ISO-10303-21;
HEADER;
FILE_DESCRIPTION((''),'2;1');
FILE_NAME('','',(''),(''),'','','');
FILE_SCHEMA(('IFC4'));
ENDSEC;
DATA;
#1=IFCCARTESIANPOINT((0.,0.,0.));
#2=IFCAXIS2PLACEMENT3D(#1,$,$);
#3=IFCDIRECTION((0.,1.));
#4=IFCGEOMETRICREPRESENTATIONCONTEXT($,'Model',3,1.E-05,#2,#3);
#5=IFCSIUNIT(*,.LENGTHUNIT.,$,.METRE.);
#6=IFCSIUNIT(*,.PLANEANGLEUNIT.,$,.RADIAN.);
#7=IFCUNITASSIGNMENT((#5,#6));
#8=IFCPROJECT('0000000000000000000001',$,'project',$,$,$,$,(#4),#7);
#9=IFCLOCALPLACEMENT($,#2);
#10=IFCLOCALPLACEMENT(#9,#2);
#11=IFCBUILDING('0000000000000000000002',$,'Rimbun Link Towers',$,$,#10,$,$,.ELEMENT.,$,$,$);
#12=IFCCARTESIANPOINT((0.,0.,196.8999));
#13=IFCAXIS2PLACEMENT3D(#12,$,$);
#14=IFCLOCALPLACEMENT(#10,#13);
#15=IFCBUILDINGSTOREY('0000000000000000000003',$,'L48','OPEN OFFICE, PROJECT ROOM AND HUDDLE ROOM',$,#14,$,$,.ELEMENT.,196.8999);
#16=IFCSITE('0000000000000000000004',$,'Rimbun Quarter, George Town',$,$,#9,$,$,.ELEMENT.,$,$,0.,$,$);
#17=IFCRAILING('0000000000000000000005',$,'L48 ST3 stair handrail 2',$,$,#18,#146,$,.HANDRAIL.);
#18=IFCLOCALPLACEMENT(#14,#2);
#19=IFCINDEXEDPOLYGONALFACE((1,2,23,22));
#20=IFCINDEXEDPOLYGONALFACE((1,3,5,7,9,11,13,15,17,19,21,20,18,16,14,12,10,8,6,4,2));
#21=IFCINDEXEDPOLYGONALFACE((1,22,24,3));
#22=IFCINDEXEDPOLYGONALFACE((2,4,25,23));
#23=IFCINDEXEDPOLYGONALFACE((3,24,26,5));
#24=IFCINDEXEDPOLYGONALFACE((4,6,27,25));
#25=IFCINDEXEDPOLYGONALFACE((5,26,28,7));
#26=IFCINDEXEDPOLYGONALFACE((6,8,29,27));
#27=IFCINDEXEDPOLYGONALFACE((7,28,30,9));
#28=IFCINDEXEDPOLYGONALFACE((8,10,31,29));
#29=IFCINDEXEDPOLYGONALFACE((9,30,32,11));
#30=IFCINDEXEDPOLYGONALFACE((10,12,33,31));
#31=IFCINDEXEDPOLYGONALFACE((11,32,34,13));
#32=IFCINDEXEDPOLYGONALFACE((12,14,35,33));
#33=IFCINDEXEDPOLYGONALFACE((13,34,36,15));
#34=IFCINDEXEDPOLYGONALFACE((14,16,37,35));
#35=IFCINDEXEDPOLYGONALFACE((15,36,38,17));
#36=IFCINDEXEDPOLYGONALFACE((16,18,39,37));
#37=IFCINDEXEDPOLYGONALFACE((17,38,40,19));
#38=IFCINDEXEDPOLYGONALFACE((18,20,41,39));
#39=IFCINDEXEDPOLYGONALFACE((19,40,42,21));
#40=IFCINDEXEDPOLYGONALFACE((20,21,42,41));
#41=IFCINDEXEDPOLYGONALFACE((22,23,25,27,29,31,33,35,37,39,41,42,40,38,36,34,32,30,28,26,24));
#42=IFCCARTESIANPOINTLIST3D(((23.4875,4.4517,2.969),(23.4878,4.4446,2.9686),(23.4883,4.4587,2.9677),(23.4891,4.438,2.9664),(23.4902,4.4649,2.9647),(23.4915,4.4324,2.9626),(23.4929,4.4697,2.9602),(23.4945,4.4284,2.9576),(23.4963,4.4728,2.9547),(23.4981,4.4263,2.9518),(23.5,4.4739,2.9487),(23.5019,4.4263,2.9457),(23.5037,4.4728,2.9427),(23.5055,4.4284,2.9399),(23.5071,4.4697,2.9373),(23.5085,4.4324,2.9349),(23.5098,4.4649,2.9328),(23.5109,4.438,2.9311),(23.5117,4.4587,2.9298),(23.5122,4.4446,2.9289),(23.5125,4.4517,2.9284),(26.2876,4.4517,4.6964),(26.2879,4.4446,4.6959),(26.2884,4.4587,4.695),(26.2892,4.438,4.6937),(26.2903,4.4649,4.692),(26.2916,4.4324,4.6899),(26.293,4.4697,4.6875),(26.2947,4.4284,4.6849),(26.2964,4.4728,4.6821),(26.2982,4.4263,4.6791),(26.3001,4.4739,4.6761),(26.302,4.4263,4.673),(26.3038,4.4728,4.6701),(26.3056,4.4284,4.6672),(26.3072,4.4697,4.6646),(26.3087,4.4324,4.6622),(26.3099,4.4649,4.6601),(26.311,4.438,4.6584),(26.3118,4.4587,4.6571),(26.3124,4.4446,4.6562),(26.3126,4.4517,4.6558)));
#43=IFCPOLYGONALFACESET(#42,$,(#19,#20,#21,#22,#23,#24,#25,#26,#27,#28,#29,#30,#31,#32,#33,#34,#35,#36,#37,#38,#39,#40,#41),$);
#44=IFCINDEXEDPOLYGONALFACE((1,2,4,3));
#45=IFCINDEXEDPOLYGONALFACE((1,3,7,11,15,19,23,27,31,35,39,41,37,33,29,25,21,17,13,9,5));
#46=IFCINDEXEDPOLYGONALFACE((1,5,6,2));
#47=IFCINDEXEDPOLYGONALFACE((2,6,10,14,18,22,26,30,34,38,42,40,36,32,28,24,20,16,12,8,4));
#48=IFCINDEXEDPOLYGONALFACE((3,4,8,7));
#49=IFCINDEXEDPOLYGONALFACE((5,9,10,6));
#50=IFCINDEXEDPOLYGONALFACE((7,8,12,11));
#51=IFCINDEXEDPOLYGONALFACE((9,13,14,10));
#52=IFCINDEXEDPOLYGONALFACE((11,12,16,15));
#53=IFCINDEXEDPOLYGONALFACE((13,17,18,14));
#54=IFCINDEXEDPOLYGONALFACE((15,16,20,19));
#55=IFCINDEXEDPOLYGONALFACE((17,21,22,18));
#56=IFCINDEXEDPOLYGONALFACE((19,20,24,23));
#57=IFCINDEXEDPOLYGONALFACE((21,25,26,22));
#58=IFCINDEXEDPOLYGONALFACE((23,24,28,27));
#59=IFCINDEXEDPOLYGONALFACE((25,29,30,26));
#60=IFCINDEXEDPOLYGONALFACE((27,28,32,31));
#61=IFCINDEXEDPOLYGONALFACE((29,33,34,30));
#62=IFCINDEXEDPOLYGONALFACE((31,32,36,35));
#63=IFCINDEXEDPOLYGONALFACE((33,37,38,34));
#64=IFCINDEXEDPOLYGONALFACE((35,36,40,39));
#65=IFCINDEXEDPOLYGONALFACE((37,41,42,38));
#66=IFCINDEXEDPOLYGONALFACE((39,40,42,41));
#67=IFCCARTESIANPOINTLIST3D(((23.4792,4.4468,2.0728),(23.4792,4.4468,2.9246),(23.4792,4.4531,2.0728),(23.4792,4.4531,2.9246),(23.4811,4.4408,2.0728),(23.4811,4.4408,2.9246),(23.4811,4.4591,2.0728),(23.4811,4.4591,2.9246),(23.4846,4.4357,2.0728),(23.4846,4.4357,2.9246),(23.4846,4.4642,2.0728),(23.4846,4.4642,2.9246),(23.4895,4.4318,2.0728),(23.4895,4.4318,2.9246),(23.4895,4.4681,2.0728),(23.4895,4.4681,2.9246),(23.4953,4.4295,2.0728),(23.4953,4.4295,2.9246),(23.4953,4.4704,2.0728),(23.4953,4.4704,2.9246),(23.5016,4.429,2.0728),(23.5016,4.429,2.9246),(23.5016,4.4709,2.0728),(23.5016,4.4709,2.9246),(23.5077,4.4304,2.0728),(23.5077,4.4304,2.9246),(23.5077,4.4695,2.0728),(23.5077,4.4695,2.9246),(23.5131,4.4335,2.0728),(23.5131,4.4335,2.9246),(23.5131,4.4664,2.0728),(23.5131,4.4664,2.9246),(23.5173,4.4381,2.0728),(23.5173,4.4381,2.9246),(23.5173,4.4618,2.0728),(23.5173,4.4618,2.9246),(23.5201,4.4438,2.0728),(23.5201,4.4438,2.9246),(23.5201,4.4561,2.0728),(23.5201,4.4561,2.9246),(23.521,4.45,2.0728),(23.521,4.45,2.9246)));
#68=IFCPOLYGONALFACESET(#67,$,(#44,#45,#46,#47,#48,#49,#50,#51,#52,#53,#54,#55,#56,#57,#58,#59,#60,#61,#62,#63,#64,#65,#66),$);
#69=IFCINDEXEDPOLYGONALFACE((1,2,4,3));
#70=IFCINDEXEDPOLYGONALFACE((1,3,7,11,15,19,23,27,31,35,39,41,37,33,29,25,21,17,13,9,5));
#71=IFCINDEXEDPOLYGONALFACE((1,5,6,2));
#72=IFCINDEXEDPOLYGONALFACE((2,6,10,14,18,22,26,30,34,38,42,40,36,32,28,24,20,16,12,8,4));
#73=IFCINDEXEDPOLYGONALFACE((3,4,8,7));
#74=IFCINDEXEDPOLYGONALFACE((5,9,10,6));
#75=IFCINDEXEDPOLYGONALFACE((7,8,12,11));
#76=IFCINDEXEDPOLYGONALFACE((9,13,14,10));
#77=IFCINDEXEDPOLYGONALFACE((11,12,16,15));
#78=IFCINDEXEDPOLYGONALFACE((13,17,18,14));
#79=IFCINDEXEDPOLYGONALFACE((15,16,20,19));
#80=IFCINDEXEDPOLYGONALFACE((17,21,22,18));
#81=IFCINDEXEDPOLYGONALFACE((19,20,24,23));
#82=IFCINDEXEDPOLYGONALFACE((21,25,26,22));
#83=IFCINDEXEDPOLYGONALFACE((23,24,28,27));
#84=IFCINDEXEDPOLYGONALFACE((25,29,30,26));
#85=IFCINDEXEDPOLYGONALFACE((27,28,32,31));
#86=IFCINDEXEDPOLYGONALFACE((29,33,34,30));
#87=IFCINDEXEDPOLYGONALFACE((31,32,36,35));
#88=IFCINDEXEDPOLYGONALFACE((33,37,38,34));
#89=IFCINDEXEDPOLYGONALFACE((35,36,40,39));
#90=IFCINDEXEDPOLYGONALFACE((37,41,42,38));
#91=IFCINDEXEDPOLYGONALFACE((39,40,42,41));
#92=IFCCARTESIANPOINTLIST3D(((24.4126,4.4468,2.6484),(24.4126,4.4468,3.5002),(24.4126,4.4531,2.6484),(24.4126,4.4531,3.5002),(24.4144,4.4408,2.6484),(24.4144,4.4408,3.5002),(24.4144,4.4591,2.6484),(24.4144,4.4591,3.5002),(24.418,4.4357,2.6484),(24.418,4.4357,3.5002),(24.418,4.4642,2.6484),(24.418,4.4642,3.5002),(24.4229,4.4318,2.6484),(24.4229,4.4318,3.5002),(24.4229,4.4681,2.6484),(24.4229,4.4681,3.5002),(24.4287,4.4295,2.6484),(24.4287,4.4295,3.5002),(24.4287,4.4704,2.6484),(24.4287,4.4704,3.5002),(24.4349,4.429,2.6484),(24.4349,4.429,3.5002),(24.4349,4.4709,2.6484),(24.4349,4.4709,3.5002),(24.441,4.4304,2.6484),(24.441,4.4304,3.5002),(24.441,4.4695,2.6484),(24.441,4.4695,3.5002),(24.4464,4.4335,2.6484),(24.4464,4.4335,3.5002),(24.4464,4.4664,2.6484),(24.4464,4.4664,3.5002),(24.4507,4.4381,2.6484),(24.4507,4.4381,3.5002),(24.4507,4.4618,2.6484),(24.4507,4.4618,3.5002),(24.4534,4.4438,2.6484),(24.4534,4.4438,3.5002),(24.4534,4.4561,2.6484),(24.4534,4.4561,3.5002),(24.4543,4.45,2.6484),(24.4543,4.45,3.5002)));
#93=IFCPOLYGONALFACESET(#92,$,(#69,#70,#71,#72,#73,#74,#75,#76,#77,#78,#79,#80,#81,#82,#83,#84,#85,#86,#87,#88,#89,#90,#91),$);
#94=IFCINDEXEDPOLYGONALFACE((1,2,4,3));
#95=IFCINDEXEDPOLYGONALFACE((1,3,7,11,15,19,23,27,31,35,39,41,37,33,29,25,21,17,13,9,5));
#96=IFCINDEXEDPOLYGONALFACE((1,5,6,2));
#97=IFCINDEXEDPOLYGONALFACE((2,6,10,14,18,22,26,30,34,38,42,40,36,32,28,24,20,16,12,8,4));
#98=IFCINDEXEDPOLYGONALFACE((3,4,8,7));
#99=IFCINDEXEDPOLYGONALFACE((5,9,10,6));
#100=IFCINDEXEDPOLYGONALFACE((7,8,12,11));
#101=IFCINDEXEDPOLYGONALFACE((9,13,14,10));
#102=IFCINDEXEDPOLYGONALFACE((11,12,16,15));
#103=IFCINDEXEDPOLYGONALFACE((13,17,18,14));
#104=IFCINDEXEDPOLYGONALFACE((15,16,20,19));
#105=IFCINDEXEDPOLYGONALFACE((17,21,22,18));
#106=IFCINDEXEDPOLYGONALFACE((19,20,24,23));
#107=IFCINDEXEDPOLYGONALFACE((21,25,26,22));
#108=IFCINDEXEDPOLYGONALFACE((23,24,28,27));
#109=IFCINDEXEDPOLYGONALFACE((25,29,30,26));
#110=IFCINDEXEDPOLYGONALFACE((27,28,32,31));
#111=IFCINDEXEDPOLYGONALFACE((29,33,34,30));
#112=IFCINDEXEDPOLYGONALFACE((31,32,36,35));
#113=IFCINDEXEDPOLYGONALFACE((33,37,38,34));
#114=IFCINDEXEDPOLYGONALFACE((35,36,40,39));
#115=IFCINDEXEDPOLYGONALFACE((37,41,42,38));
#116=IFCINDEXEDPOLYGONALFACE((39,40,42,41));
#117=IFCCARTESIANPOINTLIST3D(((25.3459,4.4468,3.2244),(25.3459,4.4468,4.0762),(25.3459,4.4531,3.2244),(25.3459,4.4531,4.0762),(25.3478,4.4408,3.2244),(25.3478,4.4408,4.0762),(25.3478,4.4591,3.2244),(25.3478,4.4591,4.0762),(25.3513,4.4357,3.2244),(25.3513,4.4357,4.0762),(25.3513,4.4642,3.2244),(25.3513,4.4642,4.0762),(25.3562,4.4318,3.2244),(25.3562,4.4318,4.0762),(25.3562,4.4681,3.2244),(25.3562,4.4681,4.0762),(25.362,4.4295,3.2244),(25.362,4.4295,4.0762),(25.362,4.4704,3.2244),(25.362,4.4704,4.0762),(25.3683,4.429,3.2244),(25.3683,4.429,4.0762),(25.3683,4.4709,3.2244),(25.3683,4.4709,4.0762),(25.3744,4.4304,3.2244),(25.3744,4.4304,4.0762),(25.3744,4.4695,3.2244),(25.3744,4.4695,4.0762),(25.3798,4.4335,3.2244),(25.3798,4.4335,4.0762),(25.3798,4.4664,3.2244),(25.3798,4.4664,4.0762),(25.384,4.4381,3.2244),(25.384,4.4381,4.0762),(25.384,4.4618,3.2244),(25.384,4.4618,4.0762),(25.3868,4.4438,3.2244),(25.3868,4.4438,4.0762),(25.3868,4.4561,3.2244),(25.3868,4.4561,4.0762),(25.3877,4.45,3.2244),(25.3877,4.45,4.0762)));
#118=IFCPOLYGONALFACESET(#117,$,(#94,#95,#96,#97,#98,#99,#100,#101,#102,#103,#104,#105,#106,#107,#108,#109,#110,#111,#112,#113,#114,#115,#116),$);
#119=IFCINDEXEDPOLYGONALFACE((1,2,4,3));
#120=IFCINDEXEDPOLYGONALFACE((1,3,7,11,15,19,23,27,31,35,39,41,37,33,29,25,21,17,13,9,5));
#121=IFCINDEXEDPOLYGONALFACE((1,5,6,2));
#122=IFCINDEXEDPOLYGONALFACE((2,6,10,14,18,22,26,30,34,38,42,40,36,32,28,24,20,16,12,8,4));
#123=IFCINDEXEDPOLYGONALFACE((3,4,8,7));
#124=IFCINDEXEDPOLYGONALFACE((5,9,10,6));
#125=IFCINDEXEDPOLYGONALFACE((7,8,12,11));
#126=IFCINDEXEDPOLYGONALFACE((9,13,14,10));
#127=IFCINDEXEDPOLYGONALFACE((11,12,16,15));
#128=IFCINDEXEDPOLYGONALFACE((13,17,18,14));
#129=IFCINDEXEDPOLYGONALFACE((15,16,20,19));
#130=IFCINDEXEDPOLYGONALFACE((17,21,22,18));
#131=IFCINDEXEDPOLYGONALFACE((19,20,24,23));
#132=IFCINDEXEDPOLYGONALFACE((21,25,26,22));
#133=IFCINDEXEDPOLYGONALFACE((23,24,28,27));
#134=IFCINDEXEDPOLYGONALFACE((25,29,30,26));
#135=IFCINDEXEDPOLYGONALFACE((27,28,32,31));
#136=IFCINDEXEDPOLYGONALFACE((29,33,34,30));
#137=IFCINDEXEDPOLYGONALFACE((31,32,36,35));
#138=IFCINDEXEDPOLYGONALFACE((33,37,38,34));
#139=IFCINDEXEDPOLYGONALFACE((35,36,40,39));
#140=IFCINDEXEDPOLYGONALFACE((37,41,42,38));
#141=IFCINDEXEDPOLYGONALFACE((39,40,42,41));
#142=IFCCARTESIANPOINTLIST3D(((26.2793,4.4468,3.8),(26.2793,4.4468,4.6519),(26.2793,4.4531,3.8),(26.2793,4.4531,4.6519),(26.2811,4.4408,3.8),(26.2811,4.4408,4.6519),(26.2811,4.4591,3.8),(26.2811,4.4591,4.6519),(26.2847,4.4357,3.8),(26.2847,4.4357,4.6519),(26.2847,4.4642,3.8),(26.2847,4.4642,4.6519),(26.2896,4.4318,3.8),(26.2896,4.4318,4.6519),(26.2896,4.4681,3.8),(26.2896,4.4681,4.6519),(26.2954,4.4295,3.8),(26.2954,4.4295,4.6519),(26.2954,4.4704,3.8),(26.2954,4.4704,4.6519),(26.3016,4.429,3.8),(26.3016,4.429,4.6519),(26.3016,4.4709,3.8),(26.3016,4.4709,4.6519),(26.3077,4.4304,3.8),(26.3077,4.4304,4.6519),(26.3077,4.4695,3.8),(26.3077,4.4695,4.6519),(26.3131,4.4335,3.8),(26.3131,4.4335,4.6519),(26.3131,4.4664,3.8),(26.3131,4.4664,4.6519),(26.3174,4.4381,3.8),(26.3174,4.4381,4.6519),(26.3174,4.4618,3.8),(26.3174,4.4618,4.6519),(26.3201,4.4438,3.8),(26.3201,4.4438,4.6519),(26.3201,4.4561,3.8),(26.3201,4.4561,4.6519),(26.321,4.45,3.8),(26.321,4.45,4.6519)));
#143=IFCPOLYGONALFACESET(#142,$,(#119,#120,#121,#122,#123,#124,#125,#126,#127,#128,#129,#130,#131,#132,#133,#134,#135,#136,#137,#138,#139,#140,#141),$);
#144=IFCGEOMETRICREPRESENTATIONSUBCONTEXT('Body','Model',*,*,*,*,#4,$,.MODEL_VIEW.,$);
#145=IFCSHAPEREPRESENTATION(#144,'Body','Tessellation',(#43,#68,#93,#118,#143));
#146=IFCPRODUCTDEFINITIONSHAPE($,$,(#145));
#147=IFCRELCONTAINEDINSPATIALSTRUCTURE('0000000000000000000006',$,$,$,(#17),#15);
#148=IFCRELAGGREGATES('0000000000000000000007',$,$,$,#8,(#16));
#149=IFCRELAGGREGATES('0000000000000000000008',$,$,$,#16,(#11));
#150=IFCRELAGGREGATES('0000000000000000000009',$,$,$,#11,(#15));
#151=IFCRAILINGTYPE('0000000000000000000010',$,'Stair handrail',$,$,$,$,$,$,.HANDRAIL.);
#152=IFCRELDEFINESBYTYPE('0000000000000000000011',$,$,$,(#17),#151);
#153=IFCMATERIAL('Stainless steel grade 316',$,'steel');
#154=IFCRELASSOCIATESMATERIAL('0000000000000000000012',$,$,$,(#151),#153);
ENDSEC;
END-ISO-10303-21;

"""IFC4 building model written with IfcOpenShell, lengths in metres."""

from ifc_helpers import new_model, si_unit, direction, frame, origin, origin_2d, place, context, subcontext, project, spatial, circle, extrude, material, type_object, element, save


model = new_model("IFC4")

# Units and contexts
model_context = context("Model", 3, precision=1e-05, world=origin(), true_north=direction((0.0, 1.0)))
body_context = subcontext(model_context, "Body", "Model", "MODEL_VIEW")
ifc_project = project(units=[si_unit("LENGTHUNIT", "METRE"), si_unit("PLANEANGLEUNIT", "RADIAN")], contexts=[model_context])

# Site, building, storey
site_placement = place(None, origin())
site = spatial("IfcSite", under=ifc_project, at=site_placement, Name="Rimbun Quarter, George Town", CompositionType="ELEMENT", RefElevation=0.0)
building_placement = place(site_placement, origin())
building = spatial("IfcBuilding", under=site, at=building_placement, Name="Rimbun Link Towers", CompositionType="ELEMENT")
storey_placement = place(building_placement, frame((0.0, 0.0, 196.8999)))
storey = spatial("IfcBuildingStorey", under=building, at=storey_placement, Name="L48", Description="OPEN OFFICE, PROJECT ROOM AND HUDDLE ROOM", CompositionType="ELEMENT", Elevation=196.8999)

# Railing
ifc_material_1 = material(Name="Stainless steel grade 316", Category="steel")
railing_type_1 = type_object("IfcRailingType", Name="Stair handrail", PredefinedType="HANDRAIL", material=ifc_material_1)
railing_1_placement = place(storey_placement, frame((23.5, 4.45, 2.0728)))
element("IfcRailing", 1, at=railing_1_placement, inside=storey, type_object=railing_type_1, Name="L48 ST3 stair handrail 2", PredefinedType="HANDRAIL", context=body_context, shape_type="SweptSolid", body=[
    extrude(circle(Radius=0.0239, at=origin_2d()), frame((0.0, 0.0, 0.876), z_axis=(0.85109, 0.0, 0.52502), x_axis=(0.0, 1.0, 0.0)), (0.0, 0.0, 1.0), 3.29),
    extrude(circle(Radius=0.021, at=origin_2d()), origin(), (0.0, 0.0, 1.0), 0.8518),
    extrude(circle(Radius=0.021, at=origin_2d()), frame((0.9333, 0.0, 0.5757)), (0.0, 0.0, 1.0), 0.8518),
    extrude(circle(Radius=0.021, at=origin_2d()), frame((1.8667, 0.0, 1.1516)), (0.0, 0.0, 1.0), 0.8518),
    extrude(circle(Radius=0.021, at=origin_2d()), frame((2.8, 0.0, 1.7273)), (0.0, 0.0, 1.0), 0.8518),
])

save(model, "model.ifc")
